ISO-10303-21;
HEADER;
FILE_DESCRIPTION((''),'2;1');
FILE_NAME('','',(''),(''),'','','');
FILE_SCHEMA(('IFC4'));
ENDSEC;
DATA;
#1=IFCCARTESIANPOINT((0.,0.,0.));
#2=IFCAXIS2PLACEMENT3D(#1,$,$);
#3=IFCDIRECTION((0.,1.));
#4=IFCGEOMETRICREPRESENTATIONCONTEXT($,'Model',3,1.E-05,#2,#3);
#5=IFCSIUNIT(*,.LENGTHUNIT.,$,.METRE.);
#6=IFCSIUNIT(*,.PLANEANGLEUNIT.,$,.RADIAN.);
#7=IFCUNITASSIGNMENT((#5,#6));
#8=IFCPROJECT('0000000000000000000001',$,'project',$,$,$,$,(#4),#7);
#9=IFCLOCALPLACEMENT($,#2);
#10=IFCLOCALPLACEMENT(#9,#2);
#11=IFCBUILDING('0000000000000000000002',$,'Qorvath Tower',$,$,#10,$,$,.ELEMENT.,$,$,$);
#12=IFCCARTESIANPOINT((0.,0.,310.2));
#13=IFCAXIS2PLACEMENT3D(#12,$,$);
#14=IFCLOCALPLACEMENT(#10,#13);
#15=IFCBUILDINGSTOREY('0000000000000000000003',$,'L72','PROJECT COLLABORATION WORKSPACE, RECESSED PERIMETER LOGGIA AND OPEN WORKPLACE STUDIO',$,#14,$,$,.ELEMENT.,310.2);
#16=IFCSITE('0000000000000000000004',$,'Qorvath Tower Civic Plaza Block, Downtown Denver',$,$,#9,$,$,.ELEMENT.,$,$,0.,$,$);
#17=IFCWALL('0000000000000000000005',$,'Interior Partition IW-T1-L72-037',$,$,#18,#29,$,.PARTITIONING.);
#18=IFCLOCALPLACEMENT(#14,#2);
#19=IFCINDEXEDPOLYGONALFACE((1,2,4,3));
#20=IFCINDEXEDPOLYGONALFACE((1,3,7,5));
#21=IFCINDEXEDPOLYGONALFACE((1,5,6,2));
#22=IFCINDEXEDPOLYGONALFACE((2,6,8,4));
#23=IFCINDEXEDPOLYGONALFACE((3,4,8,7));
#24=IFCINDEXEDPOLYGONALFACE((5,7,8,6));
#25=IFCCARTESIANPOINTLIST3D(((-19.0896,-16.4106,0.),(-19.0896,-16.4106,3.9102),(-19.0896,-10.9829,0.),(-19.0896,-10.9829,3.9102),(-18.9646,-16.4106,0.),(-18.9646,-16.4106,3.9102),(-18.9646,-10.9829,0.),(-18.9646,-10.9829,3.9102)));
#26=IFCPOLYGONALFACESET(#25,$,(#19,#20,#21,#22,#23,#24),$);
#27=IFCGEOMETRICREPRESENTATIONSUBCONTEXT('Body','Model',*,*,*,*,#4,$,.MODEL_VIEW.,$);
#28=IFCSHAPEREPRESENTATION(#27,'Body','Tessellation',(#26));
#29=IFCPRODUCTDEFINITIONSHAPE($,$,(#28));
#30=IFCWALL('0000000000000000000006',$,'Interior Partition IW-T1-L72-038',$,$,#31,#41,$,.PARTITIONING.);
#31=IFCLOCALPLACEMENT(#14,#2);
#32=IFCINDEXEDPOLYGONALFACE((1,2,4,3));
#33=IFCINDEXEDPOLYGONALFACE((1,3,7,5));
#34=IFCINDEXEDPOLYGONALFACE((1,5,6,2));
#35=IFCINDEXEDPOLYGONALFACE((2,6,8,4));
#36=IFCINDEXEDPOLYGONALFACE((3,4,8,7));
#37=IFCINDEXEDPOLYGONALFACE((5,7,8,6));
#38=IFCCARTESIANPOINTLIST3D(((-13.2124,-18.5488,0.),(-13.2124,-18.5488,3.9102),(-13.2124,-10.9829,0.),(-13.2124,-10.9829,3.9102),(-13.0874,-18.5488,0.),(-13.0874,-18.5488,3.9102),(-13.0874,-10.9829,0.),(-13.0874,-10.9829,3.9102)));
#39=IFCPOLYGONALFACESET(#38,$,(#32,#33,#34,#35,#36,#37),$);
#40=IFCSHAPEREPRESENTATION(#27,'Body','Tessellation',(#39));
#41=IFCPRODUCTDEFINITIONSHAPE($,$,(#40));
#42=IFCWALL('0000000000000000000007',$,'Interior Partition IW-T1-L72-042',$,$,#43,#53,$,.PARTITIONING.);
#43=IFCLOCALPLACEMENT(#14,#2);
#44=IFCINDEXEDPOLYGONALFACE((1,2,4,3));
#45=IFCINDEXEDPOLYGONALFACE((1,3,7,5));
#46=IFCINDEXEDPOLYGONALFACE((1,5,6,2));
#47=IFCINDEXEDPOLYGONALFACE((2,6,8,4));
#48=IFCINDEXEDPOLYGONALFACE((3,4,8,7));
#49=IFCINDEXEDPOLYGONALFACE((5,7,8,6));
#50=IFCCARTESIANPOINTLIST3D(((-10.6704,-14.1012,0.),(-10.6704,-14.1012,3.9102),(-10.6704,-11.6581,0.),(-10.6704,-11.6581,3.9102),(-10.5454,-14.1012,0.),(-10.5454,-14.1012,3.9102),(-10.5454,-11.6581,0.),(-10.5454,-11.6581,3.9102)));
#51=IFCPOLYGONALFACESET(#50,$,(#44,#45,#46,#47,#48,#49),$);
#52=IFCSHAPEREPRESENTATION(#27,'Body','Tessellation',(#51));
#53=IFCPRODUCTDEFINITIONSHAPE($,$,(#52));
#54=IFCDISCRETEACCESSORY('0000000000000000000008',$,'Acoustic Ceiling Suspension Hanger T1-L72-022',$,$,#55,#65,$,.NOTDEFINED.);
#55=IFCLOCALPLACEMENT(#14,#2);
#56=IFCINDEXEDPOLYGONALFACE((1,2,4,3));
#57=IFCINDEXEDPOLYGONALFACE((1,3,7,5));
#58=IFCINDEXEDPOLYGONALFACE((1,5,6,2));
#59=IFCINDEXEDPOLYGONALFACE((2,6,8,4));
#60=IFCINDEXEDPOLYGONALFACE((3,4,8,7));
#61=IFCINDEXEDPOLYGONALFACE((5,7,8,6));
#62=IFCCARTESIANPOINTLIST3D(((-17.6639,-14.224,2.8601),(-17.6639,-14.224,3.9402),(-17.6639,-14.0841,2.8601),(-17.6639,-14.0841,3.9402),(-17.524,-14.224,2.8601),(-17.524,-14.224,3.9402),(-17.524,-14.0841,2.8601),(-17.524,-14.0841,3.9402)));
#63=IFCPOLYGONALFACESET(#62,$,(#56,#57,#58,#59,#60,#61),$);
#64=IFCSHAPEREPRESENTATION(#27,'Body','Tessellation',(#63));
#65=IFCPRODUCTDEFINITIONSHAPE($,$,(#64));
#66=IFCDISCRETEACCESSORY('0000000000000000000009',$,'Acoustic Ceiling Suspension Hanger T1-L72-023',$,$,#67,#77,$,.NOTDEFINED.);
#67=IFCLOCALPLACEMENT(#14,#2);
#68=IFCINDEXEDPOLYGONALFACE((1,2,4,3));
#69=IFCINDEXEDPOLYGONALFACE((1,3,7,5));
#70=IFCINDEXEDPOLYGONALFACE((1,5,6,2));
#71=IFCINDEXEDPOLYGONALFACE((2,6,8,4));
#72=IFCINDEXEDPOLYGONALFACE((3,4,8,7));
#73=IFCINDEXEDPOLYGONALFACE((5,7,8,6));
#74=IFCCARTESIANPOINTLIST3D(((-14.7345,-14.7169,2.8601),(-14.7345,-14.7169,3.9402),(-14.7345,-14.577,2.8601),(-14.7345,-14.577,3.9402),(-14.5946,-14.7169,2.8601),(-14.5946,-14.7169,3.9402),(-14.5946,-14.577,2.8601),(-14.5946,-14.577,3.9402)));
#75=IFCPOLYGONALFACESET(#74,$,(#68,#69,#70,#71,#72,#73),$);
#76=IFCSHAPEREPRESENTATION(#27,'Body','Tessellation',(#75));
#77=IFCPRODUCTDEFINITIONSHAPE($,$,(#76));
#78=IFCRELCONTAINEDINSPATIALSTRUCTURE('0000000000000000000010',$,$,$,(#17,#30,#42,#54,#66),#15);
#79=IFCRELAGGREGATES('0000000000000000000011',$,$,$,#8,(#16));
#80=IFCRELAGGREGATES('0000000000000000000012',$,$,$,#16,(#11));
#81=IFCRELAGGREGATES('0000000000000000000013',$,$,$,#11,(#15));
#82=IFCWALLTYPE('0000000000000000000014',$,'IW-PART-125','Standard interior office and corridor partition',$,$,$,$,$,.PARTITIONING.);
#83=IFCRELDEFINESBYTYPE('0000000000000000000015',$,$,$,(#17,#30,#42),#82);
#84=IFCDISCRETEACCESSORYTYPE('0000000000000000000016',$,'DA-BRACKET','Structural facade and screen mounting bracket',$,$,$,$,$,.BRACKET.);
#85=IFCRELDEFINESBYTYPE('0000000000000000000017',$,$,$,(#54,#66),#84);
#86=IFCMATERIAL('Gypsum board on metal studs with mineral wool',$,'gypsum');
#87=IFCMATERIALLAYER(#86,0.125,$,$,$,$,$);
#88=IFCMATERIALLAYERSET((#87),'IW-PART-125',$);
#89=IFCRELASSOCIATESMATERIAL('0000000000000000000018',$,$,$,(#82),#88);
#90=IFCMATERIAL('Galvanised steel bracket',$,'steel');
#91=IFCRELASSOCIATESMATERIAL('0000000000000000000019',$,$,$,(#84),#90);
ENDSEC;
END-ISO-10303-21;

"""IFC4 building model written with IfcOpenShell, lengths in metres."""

from ifc_helpers import new_model, si_unit, direction, frame, frame_2d, origin, origin_2d, place, context, subcontext, project, spatial, rectangle, extrude, material, layer, layer_set, type_object, element, save


model = new_model("IFC4")

# Units and contexts
model_context = context("Model", 3, precision=1e-05, world=origin(), true_north=direction((0.0, 1.0)))
body_context = subcontext(model_context, "Body", "Model", "MODEL_VIEW")
ifc_project = project(units=[si_unit("LENGTHUNIT", "METRE"), si_unit("PLANEANGLEUNIT", "RADIAN")], contexts=[model_context])

# Site, building, storey
site_placement = place(None, origin())
site = spatial("IfcSite", under=ifc_project, at=site_placement, Name="Qorvath Tower Civic Plaza Block, Downtown Denver", CompositionType="ELEMENT", RefElevation=0.0)
building_placement = place(site_placement, origin())
building = spatial("IfcBuilding", under=site, at=building_placement, Name="Qorvath Tower", CompositionType="ELEMENT")
storey_placement = place(building_placement, frame((0.0, 0.0, 310.2)))
storey = spatial("IfcBuildingStorey", under=building, at=storey_placement, Name="L72", Description="PROJECT COLLABORATION WORKSPACE, RECESSED PERIMETER LOGGIA AND OPEN WORKPLACE STUDIO", CompositionType="ELEMENT", Elevation=310.2)

# Walls
ifc_material_1 = material(Name="Gypsum board on metal studs with mineral wool", Category="gypsum")
ifc_layer_1 = layer(ifc_material_1, 0.125)
ifc_layer_set_1 = layer_set([ifc_layer_1], Name="IW-PART-125")
wall_type = type_object("IfcWallType", Name="IW-PART-125", Description="Standard interior office and corridor partition", PredefinedType="PARTITIONING", material=ifc_layer_set_1)
wall_1_placement = place(storey_placement, frame((-19.0271, -16.4106, 0.0), z_axis=(0.0, 0.0, 1.0), x_axis=(0.0, 1.0, 0.0)))
element("IfcWall", 1, at=wall_1_placement, inside=storey, type_object=wall_type, Name="Interior Partition IW-T1-L72-037", PredefinedType="PARTITIONING", context=body_context, shape_type="SweptSolid", body=[
    extrude(rectangle(XDim=5.4277, YDim=0.125, at=frame_2d((2.7139, 0.0))), origin(), (0.0, 0.0, 1.0), 3.9102),
])
wall_2_placement = place(storey_placement, frame((-13.1499, -18.5488, 0.0), z_axis=(0.0, 0.0, 1.0), x_axis=(0.0, 1.0, 0.0)))
element("IfcWall", 2, at=wall_2_placement, inside=storey, type_object=wall_type, Name="Interior Partition IW-T1-L72-038", PredefinedType="PARTITIONING", context=body_context, shape_type="SweptSolid", body=[
    extrude(rectangle(XDim=7.5659, YDim=0.125, at=frame_2d((3.783, 0.0))), origin(), (0.0, 0.0, 1.0), 3.9102),
])

# Wall
wall_3_placement = place(storey_placement, frame((-10.6079, -14.1013, 0.0), z_axis=(0.0, 0.0, 1.0), x_axis=(0.0, 1.0, 0.0)))
element("IfcWall", 3, at=wall_3_placement, inside=storey, type_object=wall_type, Name="Interior Partition IW-T1-L72-042", PredefinedType="PARTITIONING", context=body_context, shape_type="SweptSolid", body=[
    extrude(rectangle(XDim=2.4431, YDim=0.125, at=frame_2d((1.2217, 0.0))), origin(), (0.0, 0.0, 1.0), 3.9102),
])

# Discrete accessories
ifc_material_2 = material(Name="Galvanised steel bracket", Category="steel")
discrete_accessory_type = type_object("IfcDiscreteAccessoryType", Name="DA-BRACKET", Description="Structural facade and screen mounting bracket", PredefinedType="BRACKET", material=ifc_material_2)
for number, where, z_axis, x_axis, name in (
    (4, (-17.594, -14.1541, 2.8601), (0.0, 0.0, 1.0), (1.0, 0.0, 0.0), "Acoustic Ceiling Suspension Hanger T1-L72-022"),
    (5, (-14.6646, -14.647, 2.8601), (0.0, 0.0, 1.0), (1.0, 0.0, 0.0), "Acoustic Ceiling Suspension Hanger T1-L72-023"),
):
    element("IfcDiscreteAccessory", number, at=place(storey_placement, frame(where, z_axis=z_axis, x_axis=x_axis)), inside=storey, type_object=discrete_accessory_type, Name=name, PredefinedType="NOTDEFINED", context=body_context, shape_type="SweptSolid", body=[
        extrude(rectangle(XDim=0.1399, YDim=0.1399, at=origin_2d()), origin(), (0.0, 0.0, 1.0), 1.0801),
    ])

save(model, "model.ifc")
